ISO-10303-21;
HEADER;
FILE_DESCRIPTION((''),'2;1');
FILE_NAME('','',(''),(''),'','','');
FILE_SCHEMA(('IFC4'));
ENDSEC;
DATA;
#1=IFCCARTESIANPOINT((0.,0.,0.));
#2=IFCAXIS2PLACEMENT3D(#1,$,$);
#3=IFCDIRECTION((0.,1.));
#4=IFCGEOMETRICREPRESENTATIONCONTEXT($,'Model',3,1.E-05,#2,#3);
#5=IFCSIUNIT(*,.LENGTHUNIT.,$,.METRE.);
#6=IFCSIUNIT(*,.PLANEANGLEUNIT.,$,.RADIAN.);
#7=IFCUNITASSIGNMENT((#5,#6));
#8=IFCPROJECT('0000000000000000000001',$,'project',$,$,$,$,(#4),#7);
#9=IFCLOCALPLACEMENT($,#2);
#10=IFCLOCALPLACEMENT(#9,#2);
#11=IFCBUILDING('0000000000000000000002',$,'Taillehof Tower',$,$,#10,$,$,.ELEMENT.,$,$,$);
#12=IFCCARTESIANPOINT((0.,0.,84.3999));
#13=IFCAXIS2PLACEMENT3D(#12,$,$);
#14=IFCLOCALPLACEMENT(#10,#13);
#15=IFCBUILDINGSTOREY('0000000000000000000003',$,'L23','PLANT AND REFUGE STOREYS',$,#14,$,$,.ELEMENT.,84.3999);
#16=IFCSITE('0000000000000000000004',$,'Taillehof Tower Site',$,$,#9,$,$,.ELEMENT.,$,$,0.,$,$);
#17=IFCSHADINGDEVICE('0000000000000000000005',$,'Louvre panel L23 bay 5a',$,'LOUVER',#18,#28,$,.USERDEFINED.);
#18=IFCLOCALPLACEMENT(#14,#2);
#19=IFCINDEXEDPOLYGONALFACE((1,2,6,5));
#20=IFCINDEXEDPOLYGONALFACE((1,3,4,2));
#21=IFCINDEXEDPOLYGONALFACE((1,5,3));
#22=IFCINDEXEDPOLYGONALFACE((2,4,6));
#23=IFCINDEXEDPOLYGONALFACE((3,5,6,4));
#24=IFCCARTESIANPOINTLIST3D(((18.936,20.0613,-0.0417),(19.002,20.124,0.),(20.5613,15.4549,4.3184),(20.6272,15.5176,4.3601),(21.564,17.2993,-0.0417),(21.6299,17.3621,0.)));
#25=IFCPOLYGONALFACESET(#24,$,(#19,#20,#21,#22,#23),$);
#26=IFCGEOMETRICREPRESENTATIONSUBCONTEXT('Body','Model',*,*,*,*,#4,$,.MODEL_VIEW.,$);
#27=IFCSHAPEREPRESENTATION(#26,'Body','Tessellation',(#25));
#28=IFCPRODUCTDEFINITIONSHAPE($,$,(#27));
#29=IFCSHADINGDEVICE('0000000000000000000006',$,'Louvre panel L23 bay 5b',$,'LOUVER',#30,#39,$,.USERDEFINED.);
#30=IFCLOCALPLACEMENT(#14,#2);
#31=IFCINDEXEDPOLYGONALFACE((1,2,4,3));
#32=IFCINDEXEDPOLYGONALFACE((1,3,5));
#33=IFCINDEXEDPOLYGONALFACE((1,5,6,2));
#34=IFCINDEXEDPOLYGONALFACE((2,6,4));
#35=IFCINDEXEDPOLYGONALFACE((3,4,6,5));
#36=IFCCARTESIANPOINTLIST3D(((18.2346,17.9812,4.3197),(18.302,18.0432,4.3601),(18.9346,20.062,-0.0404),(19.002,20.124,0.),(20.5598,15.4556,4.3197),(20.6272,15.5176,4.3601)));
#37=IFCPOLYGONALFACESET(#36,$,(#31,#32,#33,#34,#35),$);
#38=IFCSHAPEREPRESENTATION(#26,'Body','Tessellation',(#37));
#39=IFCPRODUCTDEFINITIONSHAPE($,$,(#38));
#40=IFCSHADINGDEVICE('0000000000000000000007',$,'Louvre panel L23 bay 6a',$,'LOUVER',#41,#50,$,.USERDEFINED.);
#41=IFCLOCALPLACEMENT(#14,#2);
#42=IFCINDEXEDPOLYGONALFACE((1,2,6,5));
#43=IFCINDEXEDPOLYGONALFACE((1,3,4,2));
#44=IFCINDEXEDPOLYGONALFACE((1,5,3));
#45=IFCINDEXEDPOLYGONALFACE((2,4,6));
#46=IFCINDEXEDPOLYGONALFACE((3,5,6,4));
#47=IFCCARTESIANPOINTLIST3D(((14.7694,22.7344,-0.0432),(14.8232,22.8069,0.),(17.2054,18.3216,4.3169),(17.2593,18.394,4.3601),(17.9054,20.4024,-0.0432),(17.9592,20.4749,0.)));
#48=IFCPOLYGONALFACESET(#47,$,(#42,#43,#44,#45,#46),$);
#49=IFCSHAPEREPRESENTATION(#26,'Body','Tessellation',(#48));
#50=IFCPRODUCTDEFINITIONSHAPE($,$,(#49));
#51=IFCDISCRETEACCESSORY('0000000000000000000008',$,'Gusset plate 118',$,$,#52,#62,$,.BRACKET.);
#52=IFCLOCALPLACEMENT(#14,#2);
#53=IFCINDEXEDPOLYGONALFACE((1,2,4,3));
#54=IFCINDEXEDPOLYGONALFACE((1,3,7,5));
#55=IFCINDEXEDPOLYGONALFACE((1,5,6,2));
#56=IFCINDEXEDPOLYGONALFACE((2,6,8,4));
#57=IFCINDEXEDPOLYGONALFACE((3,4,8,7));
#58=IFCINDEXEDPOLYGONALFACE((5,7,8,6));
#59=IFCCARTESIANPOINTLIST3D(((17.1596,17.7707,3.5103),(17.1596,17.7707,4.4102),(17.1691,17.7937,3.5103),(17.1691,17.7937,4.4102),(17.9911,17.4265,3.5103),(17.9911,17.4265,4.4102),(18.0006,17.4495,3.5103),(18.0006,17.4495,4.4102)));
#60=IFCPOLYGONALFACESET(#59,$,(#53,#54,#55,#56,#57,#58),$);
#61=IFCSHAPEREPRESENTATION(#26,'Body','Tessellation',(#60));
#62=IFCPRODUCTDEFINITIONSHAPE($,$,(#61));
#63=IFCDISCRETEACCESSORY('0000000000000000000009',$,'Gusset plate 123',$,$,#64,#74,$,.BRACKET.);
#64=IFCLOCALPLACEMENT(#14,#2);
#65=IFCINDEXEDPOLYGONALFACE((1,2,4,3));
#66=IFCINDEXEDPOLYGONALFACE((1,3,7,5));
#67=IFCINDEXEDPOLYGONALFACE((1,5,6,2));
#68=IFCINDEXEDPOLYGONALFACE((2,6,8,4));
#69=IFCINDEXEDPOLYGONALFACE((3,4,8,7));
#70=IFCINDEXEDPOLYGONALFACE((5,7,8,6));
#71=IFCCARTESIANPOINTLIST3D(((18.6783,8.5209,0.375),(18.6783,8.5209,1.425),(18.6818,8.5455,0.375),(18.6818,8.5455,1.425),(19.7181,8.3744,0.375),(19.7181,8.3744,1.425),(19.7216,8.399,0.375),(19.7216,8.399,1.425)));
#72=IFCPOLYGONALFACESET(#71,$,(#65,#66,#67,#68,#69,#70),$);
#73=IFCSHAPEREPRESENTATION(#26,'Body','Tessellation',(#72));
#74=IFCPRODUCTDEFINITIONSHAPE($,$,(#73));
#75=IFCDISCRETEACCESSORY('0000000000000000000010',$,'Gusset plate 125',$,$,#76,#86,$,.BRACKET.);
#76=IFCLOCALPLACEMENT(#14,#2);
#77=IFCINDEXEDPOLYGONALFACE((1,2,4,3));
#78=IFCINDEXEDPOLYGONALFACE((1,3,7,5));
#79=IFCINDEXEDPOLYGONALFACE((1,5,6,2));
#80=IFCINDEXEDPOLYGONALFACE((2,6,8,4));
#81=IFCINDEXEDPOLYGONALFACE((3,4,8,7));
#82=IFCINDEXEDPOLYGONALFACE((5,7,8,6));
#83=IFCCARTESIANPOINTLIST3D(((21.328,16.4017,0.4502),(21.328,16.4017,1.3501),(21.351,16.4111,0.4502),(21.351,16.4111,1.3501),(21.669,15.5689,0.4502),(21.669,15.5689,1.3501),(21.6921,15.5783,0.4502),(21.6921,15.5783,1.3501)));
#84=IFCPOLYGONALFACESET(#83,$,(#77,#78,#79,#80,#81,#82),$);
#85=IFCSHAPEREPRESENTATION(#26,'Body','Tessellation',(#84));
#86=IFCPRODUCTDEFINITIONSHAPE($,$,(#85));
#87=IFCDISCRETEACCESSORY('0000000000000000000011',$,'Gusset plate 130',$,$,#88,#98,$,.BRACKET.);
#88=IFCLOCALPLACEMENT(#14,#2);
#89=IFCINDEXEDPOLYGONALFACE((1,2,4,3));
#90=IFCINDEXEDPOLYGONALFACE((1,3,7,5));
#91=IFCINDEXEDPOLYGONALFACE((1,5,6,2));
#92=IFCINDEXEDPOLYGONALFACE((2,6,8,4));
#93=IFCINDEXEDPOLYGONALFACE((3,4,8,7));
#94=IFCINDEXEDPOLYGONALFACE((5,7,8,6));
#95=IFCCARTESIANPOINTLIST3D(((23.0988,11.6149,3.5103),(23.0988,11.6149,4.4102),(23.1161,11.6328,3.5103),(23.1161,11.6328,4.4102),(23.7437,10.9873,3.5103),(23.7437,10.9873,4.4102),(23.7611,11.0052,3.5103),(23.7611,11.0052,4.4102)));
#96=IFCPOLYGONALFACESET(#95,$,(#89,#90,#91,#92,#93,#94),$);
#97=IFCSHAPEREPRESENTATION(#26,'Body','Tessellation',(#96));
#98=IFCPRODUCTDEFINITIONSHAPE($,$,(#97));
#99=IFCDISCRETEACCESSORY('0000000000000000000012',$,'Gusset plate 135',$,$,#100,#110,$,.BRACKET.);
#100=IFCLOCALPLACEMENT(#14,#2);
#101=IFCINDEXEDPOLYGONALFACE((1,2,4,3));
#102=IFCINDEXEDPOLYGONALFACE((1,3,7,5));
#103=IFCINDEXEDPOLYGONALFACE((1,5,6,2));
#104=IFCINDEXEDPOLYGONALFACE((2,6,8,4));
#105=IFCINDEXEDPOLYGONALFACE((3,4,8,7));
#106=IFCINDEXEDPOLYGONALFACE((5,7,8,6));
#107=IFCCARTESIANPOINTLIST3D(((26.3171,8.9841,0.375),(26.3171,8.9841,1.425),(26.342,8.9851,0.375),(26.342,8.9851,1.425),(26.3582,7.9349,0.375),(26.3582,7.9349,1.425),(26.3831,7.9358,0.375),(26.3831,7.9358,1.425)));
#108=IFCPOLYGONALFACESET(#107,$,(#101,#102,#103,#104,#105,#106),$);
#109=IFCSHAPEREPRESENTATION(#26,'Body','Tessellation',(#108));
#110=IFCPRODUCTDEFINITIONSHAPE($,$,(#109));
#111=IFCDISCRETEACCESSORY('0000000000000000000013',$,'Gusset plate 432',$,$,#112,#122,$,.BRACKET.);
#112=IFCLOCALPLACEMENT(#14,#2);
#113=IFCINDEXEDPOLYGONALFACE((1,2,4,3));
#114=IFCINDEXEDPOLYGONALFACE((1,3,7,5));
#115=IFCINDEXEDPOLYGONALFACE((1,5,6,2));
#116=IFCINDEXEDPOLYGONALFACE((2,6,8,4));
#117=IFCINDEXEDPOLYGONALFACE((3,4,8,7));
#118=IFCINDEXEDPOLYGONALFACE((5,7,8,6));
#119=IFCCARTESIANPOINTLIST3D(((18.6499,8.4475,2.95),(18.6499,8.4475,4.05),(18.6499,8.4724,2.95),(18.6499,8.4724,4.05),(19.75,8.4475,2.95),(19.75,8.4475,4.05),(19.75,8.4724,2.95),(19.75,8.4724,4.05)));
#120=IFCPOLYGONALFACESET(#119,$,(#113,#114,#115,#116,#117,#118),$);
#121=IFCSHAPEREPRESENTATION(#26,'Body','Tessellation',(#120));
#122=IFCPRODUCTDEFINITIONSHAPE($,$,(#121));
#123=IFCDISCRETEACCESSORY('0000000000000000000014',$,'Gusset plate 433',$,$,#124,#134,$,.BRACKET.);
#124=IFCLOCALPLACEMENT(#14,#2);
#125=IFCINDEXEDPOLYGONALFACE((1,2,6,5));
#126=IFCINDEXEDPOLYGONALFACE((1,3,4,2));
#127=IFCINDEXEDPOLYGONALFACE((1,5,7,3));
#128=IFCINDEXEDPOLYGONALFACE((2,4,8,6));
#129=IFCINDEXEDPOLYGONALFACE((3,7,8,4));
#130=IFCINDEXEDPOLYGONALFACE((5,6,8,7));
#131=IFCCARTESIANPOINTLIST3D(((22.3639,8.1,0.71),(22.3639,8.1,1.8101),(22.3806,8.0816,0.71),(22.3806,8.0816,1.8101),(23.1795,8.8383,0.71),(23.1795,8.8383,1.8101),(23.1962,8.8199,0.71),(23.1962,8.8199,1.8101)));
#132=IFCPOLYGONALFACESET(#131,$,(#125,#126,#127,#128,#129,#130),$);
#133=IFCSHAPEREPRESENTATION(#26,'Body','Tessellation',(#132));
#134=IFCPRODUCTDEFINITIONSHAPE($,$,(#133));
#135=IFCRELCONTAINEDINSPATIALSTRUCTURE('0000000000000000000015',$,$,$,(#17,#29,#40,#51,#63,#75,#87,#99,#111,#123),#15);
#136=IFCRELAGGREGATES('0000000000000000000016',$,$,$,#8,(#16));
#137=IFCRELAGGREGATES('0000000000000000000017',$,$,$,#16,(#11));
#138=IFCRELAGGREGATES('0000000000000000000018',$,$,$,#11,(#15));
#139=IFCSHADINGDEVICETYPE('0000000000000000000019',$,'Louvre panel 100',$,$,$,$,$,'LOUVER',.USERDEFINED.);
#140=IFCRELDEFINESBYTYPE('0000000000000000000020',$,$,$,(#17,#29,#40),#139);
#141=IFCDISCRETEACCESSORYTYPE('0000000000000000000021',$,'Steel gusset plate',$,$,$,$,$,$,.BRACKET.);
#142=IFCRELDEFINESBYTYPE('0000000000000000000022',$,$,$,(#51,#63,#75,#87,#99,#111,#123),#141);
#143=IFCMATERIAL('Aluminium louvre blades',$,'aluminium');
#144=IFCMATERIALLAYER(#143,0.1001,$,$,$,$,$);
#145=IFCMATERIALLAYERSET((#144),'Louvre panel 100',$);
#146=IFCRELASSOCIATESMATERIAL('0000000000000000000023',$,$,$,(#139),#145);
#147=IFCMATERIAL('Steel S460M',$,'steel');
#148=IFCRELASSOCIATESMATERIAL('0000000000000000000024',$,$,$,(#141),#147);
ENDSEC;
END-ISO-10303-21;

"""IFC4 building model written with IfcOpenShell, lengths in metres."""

from ifc_helpers import new_model, si_unit, direction, frame, origin, origin_2d, place, context, subcontext, project, spatial, polyline, rectangle, outline, extrude, material, layer, layer_set, type_object, element, save


model = new_model("IFC4")

# Units and contexts
model_context = context("Model", 3, precision=1e-05, world=origin(), true_north=direction((0.0, 1.0)))
body_context = subcontext(model_context, "Body", "Model", "MODEL_VIEW")
ifc_project = project(units=[si_unit("LENGTHUNIT", "METRE"), si_unit("PLANEANGLEUNIT", "RADIAN")], contexts=[model_context])

# Site, building, storey
site_placement = place(None, origin())
site = spatial("IfcSite", under=ifc_project, at=site_placement, Name="Taillehof Tower Site", CompositionType="ELEMENT", RefElevation=0.0)
building_placement = place(site_placement, origin())
building = spatial("IfcBuilding", under=site, at=building_placement, Name="Taillehof Tower", CompositionType="ELEMENT")
storey_placement = place(building_placement, frame((0.0, 0.0, 84.3999)))
storey = spatial("IfcBuildingStorey", under=building, at=storey_placement, Name="L23", Description="PLANT AND REFUGE STOREYS", CompositionType="ELEMENT", Elevation=84.3999)

# Shading devices
ifc_material_1 = material(Name="Aluminium louvre blades", Category="aluminium")
ifc_layer_1 = layer(ifc_material_1, 0.1001)
ifc_layer_set_1 = layer_set([ifc_layer_1], Name="Louvre panel 100")
shading_device_type = type_object("IfcShadingDeviceType", Name="Louvre panel 100", ElementType="LOUVER", PredefinedType="USERDEFINED", material=ifc_layer_set_1)
shading_device_1_placement = place(storey_placement, frame((21.6299, 17.3621, 0.0), z_axis=(0.658619, 0.626657, 0.41656), x_axis=(-0.68931, 0.724467, 0.0)))
element("IfcShadingDevice", 1, at=shading_device_1_placement, inside=storey, type_object=shading_device_type, Name="Louvre panel L23 bay 5a", ObjectType="LOUVER", PredefinedType="USERDEFINED", context=body_context, shape_type="SweptSolid", body=[
    extrude(outline(polyline([(0.0, 0.0), (3.8124, 0.0), (-0.6451, 4.796), (0.0, 0.0)])), origin(), (0.0, 0.0, -1.0), 0.1001),
])
shading_device_2_placement = place(storey_placement, frame((19.002, 20.124, 0.0), z_axis=(0.673061, 0.619645, 0.403769), x_axis=(-0.143385, -0.426254, 0.893168)))
element("IfcShadingDevice", 2, at=shading_device_2_placement, inside=storey, type_object=shading_device_type, Name="Louvre panel L23 bay 5b", ObjectType="LOUVER", PredefinedType="USERDEFINED", context=body_context, shape_type="SweptSolid", body=[
    extrude(outline(polyline([(0.0, 0.0), (4.8816, 0.0), (5.6248, 3.3516), (0.0, 0.0)])), origin(), (0.0, 0.0, -1.0), 0.1001),
])
shading_device_3_placement = place(storey_placement, frame((17.9592, 20.4749, 0.0), z_axis=(0.538224, 0.723774, 0.431817), x_axis=(-0.802445, 0.596726, 0.0)))
element("IfcShadingDevice", 3, at=shading_device_3_placement, inside=storey, type_object=shading_device_type, Name="Louvre panel L23 bay 6a", ObjectType="LOUVER", PredefinedType="USERDEFINED", context=body_context, shape_type="SweptSolid", body=[
    extrude(outline(polyline([(0.0, 0.0), (3.908, 0.0), (-0.68, 4.834), (0.0, 0.0)])), origin(), (0.0, 0.0, -1.0), 0.1001),
])

# Discrete accessories
ifc_material_2 = material(Name="Steel S460M", Category="steel")
discrete_accessory_type = type_object("IfcDiscreteAccessoryType", Name="Steel gusset plate", PredefinedType="BRACKET", material=ifc_material_2)
discrete_accessory_1_placement = place(storey_placement, frame((17.5801, 17.6101, 3.5103), z_axis=(0.0, 0.0, 1.0), x_axis=(-0.92396, 0.382488, 0.0)))
element("IfcDiscreteAccessory", 4, at=discrete_accessory_1_placement, inside=storey, type_object=discrete_accessory_type, Name="Gusset plate 118", PredefinedType="BRACKET", context=body_context, shape_type="SweptSolid", body=[
    extrude(rectangle(XDim=0.8999, YDim=0.0249, at=origin_2d()), origin(), (0.0, 0.0, 1.0), 0.8999),
])
discrete_accessory_2_placement = place(storey_placement, frame((19.2, 8.46, 0.375), z_axis=(0.0, 0.0, 1.0), x_axis=(0.990221, -0.13951, 0.0)))
element("IfcDiscreteAccessory", 5, at=discrete_accessory_2_placement, inside=storey, type_object=discrete_accessory_type, Name="Gusset plate 123", PredefinedType="BRACKET", context=body_context, shape_type="SweptSolid", body=[
    extrude(rectangle(XDim=1.05, YDim=0.0249, at=origin_2d()), origin(), (0.0, 0.0, 1.0), 1.05),
])
for number, where, z_axis, x_axis, name in (
    (6, (21.51, 15.99, 0.4502), (0.0, 0.0, 1.0), (-0.37898, 0.925405, 0.0), "Gusset plate 125"),
    (7, (23.4299, 11.3101, 3.5103), (0.0, 0.0, 1.0), (-0.716689, 0.697393, 0.0), "Gusset plate 130"),
):
    element("IfcDiscreteAccessory", number, at=place(storey_placement, frame(where, z_axis=z_axis, x_axis=x_axis)), inside=storey, type_object=discrete_accessory_type, Name=name, PredefinedType="BRACKET", context=body_context, shape_type="SweptSolid", body=[
        extrude(rectangle(XDim=0.8999, YDim=0.0249, at=origin_2d()), origin(), (0.0, 0.0, 1.0), 0.8999),
    ])
discrete_accessory_3_placement = place(storey_placement, frame((26.3501, 8.46, 0.375), z_axis=(0.0, 0.0, 1.0), x_axis=(-0.039078, 0.999236, 0.0)))
element("IfcDiscreteAccessory", 8, at=discrete_accessory_3_placement, inside=storey, type_object=discrete_accessory_type, Name="Gusset plate 135", PredefinedType="BRACKET", context=body_context, shape_type="SweptSolid", body=[
    extrude(rectangle(XDim=1.05, YDim=0.0249, at=origin_2d()), origin(), (0.0, 0.0, 1.0), 1.05),
])
for number, where, z_axis, x_axis, name in (
    (9, (19.2, 8.46, 2.95), (0.0, 0.0, 1.0), (1.0, 0.0, 0.0), "Gusset plate 432"),
    (10, (22.78, 8.46, 0.71), (0.0, 0.0, 1.0), (-0.74135, -0.671119, 0.0), "Gusset plate 433"),
):
    element("IfcDiscreteAccessory", number, at=place(storey_placement, frame(where, z_axis=z_axis, x_axis=x_axis)), inside=storey, type_object=discrete_accessory_type, Name=name, PredefinedType="BRACKET", context=body_context, shape_type="SweptSolid", body=[
        extrude(rectangle(XDim=1.1001, YDim=0.0249, at=origin_2d()), origin(), (0.0, 0.0, 1.0), 1.1001),
    ])

save(model, "model.ifc")
